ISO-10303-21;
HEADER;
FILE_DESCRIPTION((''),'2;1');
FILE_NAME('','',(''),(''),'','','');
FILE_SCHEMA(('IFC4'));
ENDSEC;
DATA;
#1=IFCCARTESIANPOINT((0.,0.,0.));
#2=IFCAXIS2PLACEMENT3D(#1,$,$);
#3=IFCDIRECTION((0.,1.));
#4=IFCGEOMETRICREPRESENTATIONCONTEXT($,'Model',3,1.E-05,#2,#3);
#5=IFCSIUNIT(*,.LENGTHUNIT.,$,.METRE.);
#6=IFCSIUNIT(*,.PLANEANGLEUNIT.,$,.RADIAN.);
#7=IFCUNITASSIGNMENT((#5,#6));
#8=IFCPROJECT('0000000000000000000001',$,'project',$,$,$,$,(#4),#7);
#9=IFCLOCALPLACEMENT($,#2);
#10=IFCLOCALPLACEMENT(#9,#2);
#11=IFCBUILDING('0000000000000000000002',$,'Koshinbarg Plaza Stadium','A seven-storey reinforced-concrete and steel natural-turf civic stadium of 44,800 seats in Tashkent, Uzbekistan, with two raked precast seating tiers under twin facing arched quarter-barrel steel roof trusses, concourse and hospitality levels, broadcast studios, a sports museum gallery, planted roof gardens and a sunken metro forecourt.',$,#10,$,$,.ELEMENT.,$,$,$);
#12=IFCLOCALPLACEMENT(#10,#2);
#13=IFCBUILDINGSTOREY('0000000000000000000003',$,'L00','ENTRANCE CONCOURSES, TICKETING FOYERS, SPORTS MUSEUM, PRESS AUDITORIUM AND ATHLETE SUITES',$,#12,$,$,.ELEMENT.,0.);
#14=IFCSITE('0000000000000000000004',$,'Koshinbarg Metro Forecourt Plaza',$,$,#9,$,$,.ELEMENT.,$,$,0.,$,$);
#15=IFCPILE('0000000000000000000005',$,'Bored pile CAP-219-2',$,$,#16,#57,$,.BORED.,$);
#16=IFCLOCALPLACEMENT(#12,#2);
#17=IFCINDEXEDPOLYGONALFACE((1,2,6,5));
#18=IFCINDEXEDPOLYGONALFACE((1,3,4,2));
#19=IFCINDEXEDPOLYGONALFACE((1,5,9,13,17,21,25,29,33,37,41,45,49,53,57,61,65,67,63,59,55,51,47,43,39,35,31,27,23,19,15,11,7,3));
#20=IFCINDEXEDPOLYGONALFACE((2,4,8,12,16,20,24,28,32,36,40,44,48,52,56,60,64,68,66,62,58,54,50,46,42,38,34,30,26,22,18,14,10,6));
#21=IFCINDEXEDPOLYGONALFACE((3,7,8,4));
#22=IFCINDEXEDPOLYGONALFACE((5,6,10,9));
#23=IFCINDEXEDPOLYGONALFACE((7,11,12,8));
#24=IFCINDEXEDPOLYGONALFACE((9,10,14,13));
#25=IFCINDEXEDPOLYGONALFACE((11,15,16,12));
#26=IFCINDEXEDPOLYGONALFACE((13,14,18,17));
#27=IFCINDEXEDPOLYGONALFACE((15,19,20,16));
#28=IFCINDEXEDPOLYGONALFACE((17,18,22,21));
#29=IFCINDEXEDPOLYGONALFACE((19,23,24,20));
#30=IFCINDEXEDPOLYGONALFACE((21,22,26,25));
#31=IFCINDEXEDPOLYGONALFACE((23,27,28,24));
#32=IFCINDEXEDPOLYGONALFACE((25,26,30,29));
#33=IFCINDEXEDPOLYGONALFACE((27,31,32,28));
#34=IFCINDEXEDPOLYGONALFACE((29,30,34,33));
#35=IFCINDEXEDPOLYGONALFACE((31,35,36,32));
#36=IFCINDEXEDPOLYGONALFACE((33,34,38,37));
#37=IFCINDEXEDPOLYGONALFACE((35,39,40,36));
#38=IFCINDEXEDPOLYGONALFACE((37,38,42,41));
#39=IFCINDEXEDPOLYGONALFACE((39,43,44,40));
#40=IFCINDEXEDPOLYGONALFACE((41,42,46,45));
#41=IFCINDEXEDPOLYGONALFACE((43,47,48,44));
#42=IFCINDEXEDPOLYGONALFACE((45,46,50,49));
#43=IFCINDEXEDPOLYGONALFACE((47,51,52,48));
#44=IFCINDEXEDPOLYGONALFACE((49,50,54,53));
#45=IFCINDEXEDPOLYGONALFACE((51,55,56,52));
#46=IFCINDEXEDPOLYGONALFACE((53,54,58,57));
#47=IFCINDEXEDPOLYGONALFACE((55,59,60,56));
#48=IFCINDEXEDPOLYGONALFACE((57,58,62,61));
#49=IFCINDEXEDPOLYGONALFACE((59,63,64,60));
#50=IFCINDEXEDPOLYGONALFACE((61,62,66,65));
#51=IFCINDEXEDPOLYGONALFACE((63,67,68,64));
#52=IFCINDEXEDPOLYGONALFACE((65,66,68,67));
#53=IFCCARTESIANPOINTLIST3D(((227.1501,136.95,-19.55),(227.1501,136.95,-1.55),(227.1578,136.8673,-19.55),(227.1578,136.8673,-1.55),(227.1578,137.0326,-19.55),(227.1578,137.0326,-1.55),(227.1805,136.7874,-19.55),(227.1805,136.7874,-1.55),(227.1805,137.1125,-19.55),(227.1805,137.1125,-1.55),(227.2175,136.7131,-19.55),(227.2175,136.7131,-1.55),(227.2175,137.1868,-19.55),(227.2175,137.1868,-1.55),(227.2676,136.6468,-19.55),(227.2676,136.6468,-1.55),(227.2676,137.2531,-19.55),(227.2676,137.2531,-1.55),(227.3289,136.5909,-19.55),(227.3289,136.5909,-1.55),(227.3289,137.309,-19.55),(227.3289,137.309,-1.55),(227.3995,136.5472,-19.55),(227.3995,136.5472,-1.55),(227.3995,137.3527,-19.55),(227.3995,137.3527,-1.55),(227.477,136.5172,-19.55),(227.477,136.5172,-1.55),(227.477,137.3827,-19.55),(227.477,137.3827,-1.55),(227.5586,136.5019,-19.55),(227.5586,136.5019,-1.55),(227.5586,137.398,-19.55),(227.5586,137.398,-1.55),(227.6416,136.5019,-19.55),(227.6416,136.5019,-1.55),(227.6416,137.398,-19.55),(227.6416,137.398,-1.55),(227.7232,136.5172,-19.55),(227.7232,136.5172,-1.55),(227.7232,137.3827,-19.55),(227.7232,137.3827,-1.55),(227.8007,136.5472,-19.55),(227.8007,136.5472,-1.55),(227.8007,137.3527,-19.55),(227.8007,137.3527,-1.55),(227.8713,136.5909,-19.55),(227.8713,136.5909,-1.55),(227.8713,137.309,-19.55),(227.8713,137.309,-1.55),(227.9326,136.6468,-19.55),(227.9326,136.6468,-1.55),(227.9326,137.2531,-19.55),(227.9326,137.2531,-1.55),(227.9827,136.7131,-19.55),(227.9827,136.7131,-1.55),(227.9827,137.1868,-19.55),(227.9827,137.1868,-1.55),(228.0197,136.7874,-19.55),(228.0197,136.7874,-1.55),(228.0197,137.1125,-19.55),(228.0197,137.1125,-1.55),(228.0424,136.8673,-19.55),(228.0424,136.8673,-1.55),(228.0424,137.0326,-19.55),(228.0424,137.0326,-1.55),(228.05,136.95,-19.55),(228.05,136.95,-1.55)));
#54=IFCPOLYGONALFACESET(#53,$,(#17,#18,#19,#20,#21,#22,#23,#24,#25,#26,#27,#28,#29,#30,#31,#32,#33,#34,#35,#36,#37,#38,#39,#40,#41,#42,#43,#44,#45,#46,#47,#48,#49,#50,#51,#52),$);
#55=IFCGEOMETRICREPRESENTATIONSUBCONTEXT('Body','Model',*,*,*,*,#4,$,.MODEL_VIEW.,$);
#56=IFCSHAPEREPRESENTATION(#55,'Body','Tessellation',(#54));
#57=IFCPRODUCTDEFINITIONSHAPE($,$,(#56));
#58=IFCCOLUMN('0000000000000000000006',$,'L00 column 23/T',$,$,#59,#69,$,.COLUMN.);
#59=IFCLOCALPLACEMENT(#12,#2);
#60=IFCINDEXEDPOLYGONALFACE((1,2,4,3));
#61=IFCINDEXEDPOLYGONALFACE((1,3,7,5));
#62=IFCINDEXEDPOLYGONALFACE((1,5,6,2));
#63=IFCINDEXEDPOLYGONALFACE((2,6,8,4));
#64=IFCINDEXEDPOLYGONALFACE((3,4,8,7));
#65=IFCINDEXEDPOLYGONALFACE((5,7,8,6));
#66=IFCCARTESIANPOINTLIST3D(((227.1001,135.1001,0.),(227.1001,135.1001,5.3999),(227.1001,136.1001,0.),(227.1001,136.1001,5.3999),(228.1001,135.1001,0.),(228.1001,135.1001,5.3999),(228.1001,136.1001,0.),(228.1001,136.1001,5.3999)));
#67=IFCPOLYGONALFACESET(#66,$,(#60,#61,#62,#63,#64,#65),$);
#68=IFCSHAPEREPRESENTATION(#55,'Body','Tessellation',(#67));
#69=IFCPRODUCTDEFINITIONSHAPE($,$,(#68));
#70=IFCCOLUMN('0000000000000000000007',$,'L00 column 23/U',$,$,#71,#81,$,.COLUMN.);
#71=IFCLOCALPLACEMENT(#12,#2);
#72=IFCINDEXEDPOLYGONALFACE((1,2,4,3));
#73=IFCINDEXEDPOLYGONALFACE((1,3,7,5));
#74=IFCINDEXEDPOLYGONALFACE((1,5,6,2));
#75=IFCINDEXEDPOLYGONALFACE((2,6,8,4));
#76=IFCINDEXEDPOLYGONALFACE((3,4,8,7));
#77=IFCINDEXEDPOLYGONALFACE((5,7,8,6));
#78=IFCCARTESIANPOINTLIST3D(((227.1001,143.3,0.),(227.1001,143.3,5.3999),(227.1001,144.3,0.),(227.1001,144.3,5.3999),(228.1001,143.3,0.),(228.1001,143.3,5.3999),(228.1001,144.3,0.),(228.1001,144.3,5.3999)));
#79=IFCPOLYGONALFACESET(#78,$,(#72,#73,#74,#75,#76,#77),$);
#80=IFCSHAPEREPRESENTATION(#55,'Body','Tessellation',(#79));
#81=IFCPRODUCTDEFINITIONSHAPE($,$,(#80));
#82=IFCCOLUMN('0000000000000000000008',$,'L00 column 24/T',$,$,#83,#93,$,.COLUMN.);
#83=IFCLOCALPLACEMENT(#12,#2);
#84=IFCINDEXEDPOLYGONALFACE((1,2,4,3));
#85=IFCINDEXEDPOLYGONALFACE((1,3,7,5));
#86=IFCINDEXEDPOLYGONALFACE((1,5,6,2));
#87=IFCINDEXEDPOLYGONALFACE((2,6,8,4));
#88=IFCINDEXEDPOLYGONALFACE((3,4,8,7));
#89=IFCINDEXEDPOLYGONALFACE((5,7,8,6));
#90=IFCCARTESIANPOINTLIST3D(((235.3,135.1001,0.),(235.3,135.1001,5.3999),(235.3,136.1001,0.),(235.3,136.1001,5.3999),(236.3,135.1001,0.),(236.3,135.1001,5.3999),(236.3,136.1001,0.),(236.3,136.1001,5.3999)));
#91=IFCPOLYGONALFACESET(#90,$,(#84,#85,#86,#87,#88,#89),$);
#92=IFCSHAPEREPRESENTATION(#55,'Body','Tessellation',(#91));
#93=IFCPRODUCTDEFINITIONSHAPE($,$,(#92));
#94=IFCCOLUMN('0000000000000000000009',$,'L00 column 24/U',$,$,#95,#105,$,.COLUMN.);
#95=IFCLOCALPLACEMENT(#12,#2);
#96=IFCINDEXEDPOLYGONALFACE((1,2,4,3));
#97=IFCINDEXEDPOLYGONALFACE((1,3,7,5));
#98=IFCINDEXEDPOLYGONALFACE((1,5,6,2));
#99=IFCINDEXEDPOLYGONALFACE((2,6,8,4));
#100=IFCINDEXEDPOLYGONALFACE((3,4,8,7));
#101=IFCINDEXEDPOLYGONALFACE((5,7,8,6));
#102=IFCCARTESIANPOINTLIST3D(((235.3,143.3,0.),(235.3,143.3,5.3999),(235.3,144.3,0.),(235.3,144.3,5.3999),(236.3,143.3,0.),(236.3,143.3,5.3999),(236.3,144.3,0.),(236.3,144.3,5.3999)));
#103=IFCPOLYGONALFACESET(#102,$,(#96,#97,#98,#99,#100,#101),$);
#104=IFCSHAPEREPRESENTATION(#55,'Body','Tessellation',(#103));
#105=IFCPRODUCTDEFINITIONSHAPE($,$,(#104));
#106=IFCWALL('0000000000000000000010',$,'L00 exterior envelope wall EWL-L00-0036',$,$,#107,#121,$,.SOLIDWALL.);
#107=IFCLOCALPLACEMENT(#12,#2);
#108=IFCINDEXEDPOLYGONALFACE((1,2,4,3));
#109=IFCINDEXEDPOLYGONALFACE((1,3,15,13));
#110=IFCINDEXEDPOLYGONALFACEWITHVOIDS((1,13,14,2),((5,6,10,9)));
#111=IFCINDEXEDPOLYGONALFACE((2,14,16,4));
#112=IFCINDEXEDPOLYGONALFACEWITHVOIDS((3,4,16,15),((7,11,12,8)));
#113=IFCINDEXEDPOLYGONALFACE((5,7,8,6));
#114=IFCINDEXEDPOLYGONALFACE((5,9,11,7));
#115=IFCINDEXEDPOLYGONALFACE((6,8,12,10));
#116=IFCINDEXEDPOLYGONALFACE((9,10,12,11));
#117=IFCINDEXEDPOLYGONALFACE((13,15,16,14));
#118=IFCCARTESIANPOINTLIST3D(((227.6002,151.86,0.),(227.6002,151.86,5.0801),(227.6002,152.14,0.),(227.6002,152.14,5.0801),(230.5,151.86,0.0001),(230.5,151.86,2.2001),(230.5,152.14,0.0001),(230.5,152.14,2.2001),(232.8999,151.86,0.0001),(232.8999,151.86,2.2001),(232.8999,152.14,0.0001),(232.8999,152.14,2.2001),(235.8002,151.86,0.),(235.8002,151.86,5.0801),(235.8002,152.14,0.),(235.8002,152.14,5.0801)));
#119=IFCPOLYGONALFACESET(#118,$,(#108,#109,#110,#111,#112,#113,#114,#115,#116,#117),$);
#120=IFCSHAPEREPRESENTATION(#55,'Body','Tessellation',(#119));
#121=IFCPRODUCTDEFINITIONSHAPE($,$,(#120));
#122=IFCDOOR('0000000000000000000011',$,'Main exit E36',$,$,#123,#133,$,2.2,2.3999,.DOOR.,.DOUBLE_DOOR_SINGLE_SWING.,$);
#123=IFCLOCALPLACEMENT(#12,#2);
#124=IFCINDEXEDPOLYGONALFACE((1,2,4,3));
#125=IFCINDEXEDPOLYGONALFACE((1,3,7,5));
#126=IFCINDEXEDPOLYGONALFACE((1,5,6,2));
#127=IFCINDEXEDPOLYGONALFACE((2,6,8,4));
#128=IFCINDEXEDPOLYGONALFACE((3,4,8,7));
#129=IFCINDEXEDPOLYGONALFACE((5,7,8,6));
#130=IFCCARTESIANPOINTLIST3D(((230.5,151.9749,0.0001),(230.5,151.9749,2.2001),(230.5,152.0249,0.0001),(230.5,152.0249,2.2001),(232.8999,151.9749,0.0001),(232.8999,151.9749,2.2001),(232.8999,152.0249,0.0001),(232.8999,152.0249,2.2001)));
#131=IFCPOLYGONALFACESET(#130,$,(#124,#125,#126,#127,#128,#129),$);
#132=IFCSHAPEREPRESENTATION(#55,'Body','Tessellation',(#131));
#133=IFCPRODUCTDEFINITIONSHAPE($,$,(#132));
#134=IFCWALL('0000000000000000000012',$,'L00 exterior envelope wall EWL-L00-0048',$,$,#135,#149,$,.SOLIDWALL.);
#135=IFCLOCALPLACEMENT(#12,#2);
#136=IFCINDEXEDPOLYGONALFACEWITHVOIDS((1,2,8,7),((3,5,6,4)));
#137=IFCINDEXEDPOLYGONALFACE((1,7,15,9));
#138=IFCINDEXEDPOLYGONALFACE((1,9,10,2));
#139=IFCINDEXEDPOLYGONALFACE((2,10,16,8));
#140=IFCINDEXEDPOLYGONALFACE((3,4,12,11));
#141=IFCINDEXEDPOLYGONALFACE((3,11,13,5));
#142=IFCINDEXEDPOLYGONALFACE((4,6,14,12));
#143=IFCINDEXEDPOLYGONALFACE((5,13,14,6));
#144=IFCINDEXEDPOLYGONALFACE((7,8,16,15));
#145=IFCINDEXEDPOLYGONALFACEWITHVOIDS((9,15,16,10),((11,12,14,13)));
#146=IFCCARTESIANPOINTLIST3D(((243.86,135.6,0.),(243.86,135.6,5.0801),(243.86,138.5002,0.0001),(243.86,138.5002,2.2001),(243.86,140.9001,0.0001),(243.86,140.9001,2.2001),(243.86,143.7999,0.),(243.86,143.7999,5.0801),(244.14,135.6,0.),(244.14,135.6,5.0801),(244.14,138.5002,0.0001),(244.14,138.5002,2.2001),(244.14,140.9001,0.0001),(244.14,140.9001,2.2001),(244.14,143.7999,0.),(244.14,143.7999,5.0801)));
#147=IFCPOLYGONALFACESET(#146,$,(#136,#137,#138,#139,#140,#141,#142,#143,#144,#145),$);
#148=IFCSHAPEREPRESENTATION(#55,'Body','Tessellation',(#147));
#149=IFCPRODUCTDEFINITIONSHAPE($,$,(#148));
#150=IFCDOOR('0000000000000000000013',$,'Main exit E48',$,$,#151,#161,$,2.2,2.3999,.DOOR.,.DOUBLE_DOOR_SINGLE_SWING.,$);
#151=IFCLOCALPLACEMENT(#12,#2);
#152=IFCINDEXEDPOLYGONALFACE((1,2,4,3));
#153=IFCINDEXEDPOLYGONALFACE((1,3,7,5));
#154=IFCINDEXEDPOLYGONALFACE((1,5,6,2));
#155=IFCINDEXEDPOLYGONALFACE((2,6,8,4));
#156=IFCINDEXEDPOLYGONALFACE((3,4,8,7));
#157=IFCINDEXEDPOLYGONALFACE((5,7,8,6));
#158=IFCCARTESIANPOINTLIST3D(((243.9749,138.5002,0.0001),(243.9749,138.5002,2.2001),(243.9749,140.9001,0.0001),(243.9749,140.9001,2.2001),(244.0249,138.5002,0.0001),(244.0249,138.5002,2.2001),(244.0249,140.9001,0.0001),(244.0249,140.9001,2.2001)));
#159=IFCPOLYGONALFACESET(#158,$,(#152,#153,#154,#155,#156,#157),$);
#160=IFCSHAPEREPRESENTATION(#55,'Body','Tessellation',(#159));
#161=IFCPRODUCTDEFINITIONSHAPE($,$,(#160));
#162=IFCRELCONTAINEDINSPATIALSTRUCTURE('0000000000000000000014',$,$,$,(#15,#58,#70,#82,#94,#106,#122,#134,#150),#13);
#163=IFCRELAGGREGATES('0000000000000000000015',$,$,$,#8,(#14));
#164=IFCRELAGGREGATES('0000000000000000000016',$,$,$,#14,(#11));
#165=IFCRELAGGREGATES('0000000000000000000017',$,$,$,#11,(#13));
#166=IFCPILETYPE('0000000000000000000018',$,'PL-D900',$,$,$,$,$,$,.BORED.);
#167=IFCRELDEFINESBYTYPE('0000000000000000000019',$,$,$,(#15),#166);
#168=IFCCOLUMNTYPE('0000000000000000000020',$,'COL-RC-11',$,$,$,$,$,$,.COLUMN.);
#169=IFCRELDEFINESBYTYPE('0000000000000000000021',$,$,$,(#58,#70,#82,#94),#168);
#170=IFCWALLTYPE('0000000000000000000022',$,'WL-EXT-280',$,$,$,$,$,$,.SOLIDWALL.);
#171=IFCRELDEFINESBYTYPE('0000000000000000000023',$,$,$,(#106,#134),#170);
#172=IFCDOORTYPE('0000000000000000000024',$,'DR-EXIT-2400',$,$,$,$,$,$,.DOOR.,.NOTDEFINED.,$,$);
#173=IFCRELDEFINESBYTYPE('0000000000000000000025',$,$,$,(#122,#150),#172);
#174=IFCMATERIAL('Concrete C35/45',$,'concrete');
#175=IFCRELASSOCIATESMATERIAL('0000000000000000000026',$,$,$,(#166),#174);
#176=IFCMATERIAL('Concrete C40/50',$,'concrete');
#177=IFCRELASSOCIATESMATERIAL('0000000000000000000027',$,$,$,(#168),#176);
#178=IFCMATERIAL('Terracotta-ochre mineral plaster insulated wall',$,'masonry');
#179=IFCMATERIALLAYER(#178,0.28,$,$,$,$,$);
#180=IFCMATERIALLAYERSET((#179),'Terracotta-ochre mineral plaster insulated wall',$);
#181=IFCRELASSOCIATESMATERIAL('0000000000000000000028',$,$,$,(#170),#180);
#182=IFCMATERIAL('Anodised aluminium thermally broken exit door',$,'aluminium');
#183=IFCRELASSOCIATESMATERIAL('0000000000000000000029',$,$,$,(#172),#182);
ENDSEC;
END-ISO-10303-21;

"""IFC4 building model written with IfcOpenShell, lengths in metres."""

from ifc_helpers import new_model, si_unit, direction, frame, frame_2d, origin, origin_2d, place, context, subcontext, project, spatial, rectangle, circle, extrude, material, layer, layer_set, material_profile, profile_set, type_object, element, fill, save


model = new_model("IFC4")

# Units and contexts
model_context = context("Model", 3, precision=1e-05, world=origin(), true_north=direction((0.0, 1.0)))
body_context = subcontext(model_context, "Body", "Model", "MODEL_VIEW")
ifc_project = project(units=[si_unit("LENGTHUNIT", "METRE"), si_unit("PLANEANGLEUNIT", "RADIAN")], contexts=[model_context])

# Site, building, storey
site_placement = place(None, origin())
site = spatial("IfcSite", under=ifc_project, at=site_placement, Name="Koshinbarg Metro Forecourt Plaza", CompositionType="ELEMENT", RefElevation=0.0)
building_placement = place(site_placement, origin())
building = spatial("IfcBuilding", under=site, at=building_placement, Name="Koshinbarg Plaza Stadium", Description="A seven-storey reinforced-concrete and steel natural-turf civic stadium of 44,800 seats in Tashkent, Uzbekistan, with two raked precast seating tiers under twin facing arched quarter-barrel steel roof trusses, concourse and hospitality levels, broadcast studios, a sports museum gallery, planted roof gardens and a sunken metro forecourt.", CompositionType="ELEMENT")
storey_placement = place(building_placement, origin())
storey = spatial("IfcBuildingStorey", under=building, at=storey_placement, Name="L00", Description="ENTRANCE CONCOURSES, TICKETING FOYERS, SPORTS MUSEUM, PRESS AUDITORIUM AND ATHLETE SUITES", CompositionType="ELEMENT", Elevation=0.0)

# Shared definitions
ifc_material_1 = material(Name="Concrete C35/45", Category="concrete")

# Pile
ifc_material_profile_1 = material_profile(ifc_material_1, circle(Radius=0.45, at=origin_2d()), Name="PILE D900")
ifc_profile_set_1 = profile_set([ifc_material_profile_1], Name="Concrete C35/45")
pile_type_1 = type_object("IfcPileType", Name="PL-D900", PredefinedType="BORED", material=ifc_profile_set_1)
for number, where, z_axis, x_axis, name in (
    (1, (227.6001, 136.95, -1.55), (0.0, 0.0, -1.0), (1.0, 0.0, 0.0), "Bored pile CAP-219-2"),
):
    element("IfcPile", number, at=place(storey_placement, frame(where, z_axis=z_axis, x_axis=x_axis)), inside=storey, type_object=pile_type_1, Name=name, PredefinedType="BORED", context=body_context, shape_type="SweptSolid", body=[
        extrude(circle(Radius=0.45, at=origin_2d()), origin(), (0.0, 0.0, 1.0), 18.0),
    ])

# Columns
ifc_material_2 = material(Name="Concrete C40/50", Category="concrete")
ifc_material_profile_2 = material_profile(ifc_material_2, rectangle(XDim=1.0, YDim=1.0, at=origin_2d()), Name="RC 1000x1000")
ifc_profile_set_2 = profile_set([ifc_material_profile_2], Name="Concrete C40/50")
column_type = type_object("IfcColumnType", Name="COL-RC-11", PredefinedType="COLUMN", material=ifc_profile_set_2)
for number, where, z_axis, x_axis, name in (
    (2, (227.6001, 135.6001, 0.0), (0.0, 0.0, 1.0), (1.0, 0.0, 0.0), "L00 column 23/T"),
    (3, (227.6001, 143.8, 0.0), (0.0, 0.0, 1.0), (1.0, 0.0, 0.0), "L00 column 23/U"),
    (4, (235.8, 135.6001, 0.0), (0.0, 0.0, 1.0), (1.0, 0.0, 0.0), "L00 column 24/T"),
    (5, (235.8, 143.8, 0.0), (0.0, 0.0, 1.0), (1.0, 0.0, 0.0), "L00 column 24/U"),
):
    element("IfcColumn", number, at=place(storey_placement, frame(where, z_axis=z_axis, x_axis=x_axis)), inside=storey, type_object=column_type, Name=name, PredefinedType="COLUMN", context=body_context, shape_type="SweptSolid", body=[
        extrude(rectangle(XDim=1.0, YDim=1.0, at=origin_2d()), origin(), (0.0, 0.0, 1.0), 5.3999),
    ])

# Walls, openings, doors
ifc_material_3 = material(Name="Terracotta-ochre mineral plaster insulated wall", Category="masonry")
ifc_layer_1 = layer(ifc_material_3, 0.28)
ifc_layer_set_1 = layer_set([ifc_layer_1], Name="Terracotta-ochre mineral plaster insulated wall")
wall_type_1 = type_object("IfcWallType", Name="WL-EXT-280", PredefinedType="SOLIDWALL", material=ifc_layer_set_1)
wall_1_placement = place(storey_placement, frame((227.6001, 152.0, 0.0), z_axis=(0.0, 0.0, 1.0), x_axis=(1.0, 0.0, 0.0)))
wall_1 = element("IfcWall", 6, at=wall_1_placement, inside=storey, type_object=wall_type_1, Name="L00 exterior envelope wall EWL-L00-0036", PredefinedType="SOLIDWALL", context=body_context, shape_type="SweptSolid", body=[
    extrude(rectangle(XDim=8.2, YDim=0.28, at=frame_2d((4.1001, 0.0))), origin(), (0.0, 0.0, 1.0), 5.0801),
])
opening_1_placement = place(wall_1_placement, frame((2.8999, 0.0, 0.0)))
opening_1 = element("IfcOpeningElement", 7, at=opening_1_placement, cuts=wall_1, PredefinedType="OPENING", context=body_context, shape_type="SweptSolid", body=[
    extrude(rectangle(XDim=2.3999, YDim=2.2, at=frame_2d((1.2, 1.1001))), frame((0.0, 0.1499, 0.0), z_axis=(0.0, -1.0, 0.0), x_axis=(1.0, 0.0, 0.0)), (0.0, 0.0, 1.0), 0.3),
])
ifc_material_4 = material(Name="Anodised aluminium thermally broken exit door", Category="aluminium")
door_type_1 = type_object("IfcDoorType", Name="DR-EXIT-2400", OperationType="NOTDEFINED", PredefinedType="DOOR", material=ifc_material_4)
door_1_placement = place(opening_1_placement, origin())
door_1 = element("IfcDoor", 8, at=door_1_placement, inside=storey, type_object=door_type_1, Name="Main exit E36", OperationType="DOUBLE_DOOR_SINGLE_SWING", OverallHeight=2.2, OverallWidth=2.3999, PredefinedType="DOOR", context=body_context, shape_type="SweptSolid", body=[
    extrude(rectangle(XDim=2.3999, YDim=2.2, at=frame_2d((1.2, 1.1001))), frame((0.0, 0.0249, 0.0), z_axis=(0.0, -1.0, 0.0), x_axis=(1.0, 0.0, 0.0)), (0.0, 0.0, 1.0), 0.05),
])
fill(opening_1, door_1)
wall_2_placement = place(storey_placement, frame((244.0, 143.8, 0.0), z_axis=(0.0, 0.0, 1.0), x_axis=(0.0, -1.0, 0.0)))
wall_2 = element("IfcWall", 9, at=wall_2_placement, inside=storey, type_object=wall_type_1, Name="L00 exterior envelope wall EWL-L00-0048", PredefinedType="SOLIDWALL", context=body_context, shape_type="SweptSolid", body=[
    extrude(rectangle(XDim=8.2, YDim=0.28, at=frame_2d((4.1001, 0.0))), origin(), (0.0, 0.0, 1.0), 5.0801),
])
opening_2_placement = place(wall_2_placement, frame((2.8999, 0.0, 0.0)))
opening_2 = element("IfcOpeningElement", 10, at=opening_2_placement, cuts=wall_2, PredefinedType="OPENING", context=body_context, shape_type="SweptSolid", body=[
    extrude(rectangle(XDim=2.3999, YDim=2.2, at=frame_2d((1.2, 1.1001))), frame((0.0, 0.1499, 0.0), z_axis=(0.0, -1.0, 0.0), x_axis=(1.0, 0.0, 0.0)), (0.0, 0.0, 1.0), 0.3),
])
door_2_placement = place(opening_2_placement, origin())
door_2 = element("IfcDoor", 11, at=door_2_placement, inside=storey, type_object=door_type_1, Name="Main exit E48", OperationType="DOUBLE_DOOR_SINGLE_SWING", OverallHeight=2.2, OverallWidth=2.3999, PredefinedType="DOOR", context=body_context, shape_type="SweptSolid", body=[
    extrude(rectangle(XDim=2.3999, YDim=2.2, at=frame_2d((1.2, 1.1001))), frame((0.0, 0.0249, 0.0), z_axis=(0.0, -1.0, 0.0), x_axis=(1.0, 0.0, 0.0)), (0.0, 0.0, 1.0), 0.05),
])
fill(opening_2, door_2)

save(model, "model.ifc")
